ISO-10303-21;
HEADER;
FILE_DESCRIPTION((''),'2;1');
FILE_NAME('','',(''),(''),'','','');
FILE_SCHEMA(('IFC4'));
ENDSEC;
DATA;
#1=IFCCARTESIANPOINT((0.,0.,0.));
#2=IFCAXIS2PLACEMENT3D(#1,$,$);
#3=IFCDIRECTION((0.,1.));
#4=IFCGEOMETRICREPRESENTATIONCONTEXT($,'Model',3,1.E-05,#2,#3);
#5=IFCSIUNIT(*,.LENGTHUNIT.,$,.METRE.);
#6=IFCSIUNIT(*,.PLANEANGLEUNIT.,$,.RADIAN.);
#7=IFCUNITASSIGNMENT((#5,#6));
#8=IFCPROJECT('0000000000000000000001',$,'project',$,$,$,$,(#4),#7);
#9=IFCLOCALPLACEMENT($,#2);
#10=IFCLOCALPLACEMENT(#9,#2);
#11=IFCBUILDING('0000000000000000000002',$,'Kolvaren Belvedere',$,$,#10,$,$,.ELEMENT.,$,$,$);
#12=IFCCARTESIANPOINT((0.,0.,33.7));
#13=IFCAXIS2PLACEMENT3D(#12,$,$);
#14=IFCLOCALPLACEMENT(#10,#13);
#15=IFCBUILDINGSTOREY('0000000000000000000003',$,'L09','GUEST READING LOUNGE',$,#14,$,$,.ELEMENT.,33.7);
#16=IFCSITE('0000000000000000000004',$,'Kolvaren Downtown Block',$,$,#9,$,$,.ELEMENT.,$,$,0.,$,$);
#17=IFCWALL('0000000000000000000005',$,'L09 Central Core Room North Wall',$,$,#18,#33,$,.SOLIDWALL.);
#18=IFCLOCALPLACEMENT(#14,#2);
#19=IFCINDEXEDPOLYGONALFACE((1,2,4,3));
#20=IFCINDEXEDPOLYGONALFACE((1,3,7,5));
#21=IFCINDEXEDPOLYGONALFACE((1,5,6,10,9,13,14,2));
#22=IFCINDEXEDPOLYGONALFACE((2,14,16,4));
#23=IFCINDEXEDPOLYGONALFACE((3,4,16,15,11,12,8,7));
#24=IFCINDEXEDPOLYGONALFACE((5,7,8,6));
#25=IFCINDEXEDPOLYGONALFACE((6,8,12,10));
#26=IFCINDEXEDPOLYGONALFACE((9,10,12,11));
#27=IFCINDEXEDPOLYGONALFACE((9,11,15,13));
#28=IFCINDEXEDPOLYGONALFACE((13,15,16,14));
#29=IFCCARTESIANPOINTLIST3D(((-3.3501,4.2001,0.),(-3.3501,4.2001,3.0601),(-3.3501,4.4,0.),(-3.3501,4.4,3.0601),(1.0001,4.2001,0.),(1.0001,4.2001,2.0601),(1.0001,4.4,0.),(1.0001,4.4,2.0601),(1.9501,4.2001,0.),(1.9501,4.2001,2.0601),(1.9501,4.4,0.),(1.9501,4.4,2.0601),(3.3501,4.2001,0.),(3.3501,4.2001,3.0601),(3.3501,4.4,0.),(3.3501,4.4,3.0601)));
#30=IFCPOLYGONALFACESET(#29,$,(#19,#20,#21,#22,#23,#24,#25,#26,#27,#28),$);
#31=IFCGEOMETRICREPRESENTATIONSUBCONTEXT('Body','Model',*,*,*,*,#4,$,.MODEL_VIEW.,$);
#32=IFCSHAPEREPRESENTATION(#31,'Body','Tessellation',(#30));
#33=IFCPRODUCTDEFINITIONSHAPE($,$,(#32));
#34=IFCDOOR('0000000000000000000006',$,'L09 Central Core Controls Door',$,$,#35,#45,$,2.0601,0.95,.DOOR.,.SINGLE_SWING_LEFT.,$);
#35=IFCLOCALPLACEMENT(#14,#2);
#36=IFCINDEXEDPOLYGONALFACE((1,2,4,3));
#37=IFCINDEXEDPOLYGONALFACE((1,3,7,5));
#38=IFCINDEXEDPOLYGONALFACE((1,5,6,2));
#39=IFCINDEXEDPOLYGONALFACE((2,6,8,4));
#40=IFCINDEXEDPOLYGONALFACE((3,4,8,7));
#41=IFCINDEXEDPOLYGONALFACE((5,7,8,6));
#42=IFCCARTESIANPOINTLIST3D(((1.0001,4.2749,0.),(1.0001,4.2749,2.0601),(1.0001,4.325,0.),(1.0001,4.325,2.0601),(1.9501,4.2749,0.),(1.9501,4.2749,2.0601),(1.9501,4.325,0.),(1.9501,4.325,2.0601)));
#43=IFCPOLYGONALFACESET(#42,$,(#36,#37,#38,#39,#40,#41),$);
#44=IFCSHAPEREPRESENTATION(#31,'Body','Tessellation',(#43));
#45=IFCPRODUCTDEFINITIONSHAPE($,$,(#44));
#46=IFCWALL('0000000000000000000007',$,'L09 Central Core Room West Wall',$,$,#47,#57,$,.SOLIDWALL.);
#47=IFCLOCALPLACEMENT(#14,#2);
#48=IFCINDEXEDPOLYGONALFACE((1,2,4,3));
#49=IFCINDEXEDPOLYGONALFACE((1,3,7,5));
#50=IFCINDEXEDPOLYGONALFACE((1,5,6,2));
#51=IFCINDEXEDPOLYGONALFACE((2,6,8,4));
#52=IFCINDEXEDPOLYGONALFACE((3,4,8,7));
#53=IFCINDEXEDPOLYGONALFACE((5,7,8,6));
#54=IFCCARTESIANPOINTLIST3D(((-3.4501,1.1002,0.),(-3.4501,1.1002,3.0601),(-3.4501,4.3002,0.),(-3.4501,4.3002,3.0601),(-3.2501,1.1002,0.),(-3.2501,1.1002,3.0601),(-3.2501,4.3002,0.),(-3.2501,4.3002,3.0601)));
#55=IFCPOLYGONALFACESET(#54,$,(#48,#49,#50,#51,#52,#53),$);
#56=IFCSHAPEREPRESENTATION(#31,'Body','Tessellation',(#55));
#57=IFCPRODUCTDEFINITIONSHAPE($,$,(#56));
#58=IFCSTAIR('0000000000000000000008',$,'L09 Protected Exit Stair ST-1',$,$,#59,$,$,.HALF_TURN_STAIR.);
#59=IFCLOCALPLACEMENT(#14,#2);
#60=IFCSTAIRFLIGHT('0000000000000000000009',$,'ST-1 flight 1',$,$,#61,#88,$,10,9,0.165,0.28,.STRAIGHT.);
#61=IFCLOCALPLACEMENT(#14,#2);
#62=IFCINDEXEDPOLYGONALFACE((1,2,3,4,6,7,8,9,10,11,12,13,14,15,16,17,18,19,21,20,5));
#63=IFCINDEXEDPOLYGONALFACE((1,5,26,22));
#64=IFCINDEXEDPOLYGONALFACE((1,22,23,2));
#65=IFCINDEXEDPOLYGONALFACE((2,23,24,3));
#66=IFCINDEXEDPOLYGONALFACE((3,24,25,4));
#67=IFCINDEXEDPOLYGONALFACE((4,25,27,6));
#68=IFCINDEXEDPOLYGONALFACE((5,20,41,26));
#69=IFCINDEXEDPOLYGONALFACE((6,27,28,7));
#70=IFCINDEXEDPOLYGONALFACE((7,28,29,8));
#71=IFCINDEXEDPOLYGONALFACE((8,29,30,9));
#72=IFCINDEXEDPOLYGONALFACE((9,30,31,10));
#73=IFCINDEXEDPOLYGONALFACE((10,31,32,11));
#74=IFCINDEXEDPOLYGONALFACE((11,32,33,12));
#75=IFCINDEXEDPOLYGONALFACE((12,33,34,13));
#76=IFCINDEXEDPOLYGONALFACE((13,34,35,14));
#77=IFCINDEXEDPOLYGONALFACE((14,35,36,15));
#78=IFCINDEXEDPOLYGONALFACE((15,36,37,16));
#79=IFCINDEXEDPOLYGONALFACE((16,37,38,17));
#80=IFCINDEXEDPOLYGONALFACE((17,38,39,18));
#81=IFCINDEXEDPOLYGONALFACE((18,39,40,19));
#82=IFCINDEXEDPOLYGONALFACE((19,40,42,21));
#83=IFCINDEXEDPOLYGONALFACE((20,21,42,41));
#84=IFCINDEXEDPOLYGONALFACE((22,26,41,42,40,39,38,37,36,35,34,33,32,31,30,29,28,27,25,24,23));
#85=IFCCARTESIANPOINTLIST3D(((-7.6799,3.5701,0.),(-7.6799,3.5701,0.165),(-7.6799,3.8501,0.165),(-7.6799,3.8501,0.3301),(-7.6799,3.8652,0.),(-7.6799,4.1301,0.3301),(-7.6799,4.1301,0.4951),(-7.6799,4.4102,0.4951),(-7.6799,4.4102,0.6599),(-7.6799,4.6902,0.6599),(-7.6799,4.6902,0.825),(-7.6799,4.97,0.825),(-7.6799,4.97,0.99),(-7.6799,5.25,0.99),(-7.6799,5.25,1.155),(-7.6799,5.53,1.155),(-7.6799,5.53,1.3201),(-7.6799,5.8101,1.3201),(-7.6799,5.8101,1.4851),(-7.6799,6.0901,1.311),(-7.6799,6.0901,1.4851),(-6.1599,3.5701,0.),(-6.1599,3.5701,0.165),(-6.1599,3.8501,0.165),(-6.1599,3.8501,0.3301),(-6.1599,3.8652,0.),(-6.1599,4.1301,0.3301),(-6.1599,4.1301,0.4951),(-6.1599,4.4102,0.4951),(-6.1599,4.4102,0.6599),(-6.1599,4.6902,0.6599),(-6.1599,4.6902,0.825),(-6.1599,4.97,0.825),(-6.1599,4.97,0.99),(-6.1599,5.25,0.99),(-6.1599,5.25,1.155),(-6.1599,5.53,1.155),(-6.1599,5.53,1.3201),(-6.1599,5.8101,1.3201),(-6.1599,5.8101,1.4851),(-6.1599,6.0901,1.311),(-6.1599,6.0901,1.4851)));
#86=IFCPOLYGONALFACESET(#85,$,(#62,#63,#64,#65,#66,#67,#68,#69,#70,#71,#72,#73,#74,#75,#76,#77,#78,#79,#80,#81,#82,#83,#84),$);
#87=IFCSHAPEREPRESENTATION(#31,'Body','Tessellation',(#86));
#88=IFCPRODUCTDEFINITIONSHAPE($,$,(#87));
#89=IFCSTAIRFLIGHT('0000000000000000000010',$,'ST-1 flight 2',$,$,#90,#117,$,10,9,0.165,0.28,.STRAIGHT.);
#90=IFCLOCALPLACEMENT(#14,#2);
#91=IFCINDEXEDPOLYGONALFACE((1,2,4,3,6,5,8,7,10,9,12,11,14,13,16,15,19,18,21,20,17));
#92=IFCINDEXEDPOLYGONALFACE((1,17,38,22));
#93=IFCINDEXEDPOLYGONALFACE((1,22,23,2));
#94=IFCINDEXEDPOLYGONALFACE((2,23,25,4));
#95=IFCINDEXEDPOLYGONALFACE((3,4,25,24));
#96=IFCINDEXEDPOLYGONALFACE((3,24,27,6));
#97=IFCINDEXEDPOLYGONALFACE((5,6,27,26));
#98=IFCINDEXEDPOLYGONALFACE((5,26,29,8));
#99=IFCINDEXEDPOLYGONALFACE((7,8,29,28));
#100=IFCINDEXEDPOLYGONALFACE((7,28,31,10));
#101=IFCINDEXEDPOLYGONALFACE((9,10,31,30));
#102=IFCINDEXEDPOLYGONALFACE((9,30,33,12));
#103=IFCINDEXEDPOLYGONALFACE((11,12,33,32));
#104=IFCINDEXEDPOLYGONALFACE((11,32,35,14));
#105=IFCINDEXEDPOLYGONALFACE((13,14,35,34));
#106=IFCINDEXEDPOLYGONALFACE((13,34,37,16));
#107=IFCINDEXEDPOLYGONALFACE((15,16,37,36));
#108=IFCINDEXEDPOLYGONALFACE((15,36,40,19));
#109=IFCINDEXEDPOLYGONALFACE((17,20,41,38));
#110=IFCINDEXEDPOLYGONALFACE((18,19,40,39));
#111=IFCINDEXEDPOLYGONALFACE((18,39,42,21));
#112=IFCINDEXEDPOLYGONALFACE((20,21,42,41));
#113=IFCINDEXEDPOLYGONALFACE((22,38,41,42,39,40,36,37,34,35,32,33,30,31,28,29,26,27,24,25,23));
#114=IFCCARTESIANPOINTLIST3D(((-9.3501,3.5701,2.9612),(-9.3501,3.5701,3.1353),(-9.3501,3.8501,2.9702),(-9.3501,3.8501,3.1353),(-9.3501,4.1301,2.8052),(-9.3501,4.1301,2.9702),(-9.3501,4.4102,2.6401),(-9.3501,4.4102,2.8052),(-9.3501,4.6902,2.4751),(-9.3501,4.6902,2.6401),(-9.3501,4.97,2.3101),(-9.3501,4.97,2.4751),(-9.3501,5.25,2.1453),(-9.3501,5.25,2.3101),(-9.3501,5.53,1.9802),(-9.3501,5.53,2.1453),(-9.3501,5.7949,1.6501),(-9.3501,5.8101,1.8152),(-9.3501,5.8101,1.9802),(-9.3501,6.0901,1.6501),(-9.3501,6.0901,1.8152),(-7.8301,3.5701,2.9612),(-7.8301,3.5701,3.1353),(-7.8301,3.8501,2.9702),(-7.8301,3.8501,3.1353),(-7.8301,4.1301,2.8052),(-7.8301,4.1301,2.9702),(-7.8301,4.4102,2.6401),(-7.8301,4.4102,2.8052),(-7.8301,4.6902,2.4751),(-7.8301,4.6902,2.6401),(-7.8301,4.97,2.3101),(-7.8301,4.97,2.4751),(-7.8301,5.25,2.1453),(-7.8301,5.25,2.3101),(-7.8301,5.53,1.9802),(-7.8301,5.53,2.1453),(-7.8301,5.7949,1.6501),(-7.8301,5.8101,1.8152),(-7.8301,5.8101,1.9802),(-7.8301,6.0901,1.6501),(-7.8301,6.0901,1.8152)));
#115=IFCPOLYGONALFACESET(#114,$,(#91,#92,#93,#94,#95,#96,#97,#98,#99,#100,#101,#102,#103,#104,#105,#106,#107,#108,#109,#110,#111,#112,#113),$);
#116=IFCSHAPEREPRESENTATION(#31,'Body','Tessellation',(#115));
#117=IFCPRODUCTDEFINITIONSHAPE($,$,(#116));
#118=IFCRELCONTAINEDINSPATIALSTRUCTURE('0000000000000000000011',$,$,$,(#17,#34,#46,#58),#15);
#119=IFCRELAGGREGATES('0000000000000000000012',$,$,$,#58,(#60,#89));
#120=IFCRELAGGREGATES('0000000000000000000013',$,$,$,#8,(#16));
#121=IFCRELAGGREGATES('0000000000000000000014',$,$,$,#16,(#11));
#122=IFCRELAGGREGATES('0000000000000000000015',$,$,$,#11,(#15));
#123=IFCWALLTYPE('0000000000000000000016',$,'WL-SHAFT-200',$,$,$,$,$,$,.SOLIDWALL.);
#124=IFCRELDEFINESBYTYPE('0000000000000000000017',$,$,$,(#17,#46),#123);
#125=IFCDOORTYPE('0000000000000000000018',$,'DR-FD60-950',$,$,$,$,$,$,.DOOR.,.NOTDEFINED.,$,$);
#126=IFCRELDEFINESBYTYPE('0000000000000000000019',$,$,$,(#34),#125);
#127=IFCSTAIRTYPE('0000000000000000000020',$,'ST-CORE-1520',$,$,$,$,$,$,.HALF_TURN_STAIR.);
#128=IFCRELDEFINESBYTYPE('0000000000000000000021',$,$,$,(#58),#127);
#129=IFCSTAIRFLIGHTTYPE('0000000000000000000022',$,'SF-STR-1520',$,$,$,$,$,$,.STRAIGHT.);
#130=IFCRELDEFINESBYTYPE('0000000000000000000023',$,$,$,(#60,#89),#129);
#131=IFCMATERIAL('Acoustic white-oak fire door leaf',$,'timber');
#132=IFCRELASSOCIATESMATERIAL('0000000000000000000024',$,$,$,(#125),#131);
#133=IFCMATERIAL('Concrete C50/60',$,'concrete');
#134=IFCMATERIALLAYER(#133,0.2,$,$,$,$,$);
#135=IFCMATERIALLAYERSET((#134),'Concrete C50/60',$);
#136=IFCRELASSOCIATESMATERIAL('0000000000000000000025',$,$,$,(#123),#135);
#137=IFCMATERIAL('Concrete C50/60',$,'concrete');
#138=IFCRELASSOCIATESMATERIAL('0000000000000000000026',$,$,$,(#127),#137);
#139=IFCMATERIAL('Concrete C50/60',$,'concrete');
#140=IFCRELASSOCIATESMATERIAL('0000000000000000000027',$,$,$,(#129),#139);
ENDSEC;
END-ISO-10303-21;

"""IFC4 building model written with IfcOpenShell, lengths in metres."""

from ifc_helpers import new_model, si_unit, direction, frame, frame_2d, origin, place, context, subcontext, project, spatial, polyline, rectangle, outline, extrude, material, layer, layer_set, type_object, element, fill, aggregate, save


model = new_model("IFC4")

# Units and contexts
model_context = context("Model", 3, precision=1e-05, world=origin(), true_north=direction((0.0, 1.0)))
body_context = subcontext(model_context, "Body", "Model", "MODEL_VIEW")
ifc_project = project(units=[si_unit("LENGTHUNIT", "METRE"), si_unit("PLANEANGLEUNIT", "RADIAN")], contexts=[model_context])

# Site, building, storey
site_placement = place(None, origin())
site = spatial("IfcSite", under=ifc_project, at=site_placement, Name="Kolvaren Downtown Block", CompositionType="ELEMENT", RefElevation=0.0)
building_placement = place(site_placement, origin())
building = spatial("IfcBuilding", under=site, at=building_placement, Name="Kolvaren Belvedere", CompositionType="ELEMENT")
storey_placement = place(building_placement, frame((0.0, 0.0, 33.7)))
storey = spatial("IfcBuildingStorey", under=building, at=storey_placement, Name="L09", Description="GUEST READING LOUNGE", CompositionType="ELEMENT", Elevation=33.7)

# Shared definitions
ifc_material_1 = material(Name="Acoustic white-oak fire door leaf", Category="timber")
door_type_1 = type_object("IfcDoorType", Name="DR-FD60-950", OperationType="NOTDEFINED", PredefinedType="DOOR", material=ifc_material_1)

# Shared definitions
ifc_material_2 = material(Name="Concrete C50/60", Category="concrete")
ifc_layer_1 = layer(ifc_material_2, 0.2)
ifc_layer_set_1 = layer_set([ifc_layer_1], Name="Concrete C50/60")
wall_type_1 = type_object("IfcWallType", Name="WL-SHAFT-200", PredefinedType="SOLIDWALL", material=ifc_layer_set_1)

# Wall, opening, door
wall_1_placement = place(storey_placement, frame((-3.3501, 4.3, 0.0), z_axis=(0.0, 0.0, 1.0), x_axis=(1.0, 0.0, 0.0)))
wall_1 = element("IfcWall", 1, at=wall_1_placement, inside=storey, type_object=wall_type_1, Name="L09 Central Core Room North Wall", PredefinedType="SOLIDWALL", context=body_context, shape_type="SweptSolid", body=[
    extrude(rectangle(XDim=6.7002, YDim=0.2, at=frame_2d((3.3501, 0.0))), origin(), (0.0, 0.0, 1.0), 3.0601),
])
opening_1_placement = place(wall_1_placement, frame((4.3501, 0.0, 0.0)))
opening_1 = element("IfcOpeningElement", 2, at=opening_1_placement, cuts=wall_1, PredefinedType="OPENING", context=body_context, shape_type="SweptSolid", body=[
    extrude(rectangle(XDim=0.95, YDim=2.0601, at=frame_2d((0.4751, 1.03))), frame((0.0, 0.1099, 0.0), z_axis=(0.0, -1.0, 0.0), x_axis=(1.0, 0.0, 0.0)), (0.0, 0.0, 1.0), 0.22),
])
door_1_placement = place(opening_1_placement, origin())
door_1 = element("IfcDoor", 3, at=door_1_placement, inside=storey, type_object=door_type_1, Name="L09 Central Core Controls Door", OperationType="SINGLE_SWING_LEFT", OverallHeight=2.0601, OverallWidth=0.95, PredefinedType="DOOR", context=body_context, shape_type="SweptSolid", body=[
    extrude(rectangle(XDim=0.95, YDim=2.0601, at=frame_2d((0.4751, 1.03))), frame((0.0, 0.0249, 0.0), z_axis=(0.0, -1.0, 0.0), x_axis=(1.0, 0.0, 0.0)), (0.0, 0.0, 1.0), 0.05),
])
fill(opening_1, door_1)

# Wall
wall_2_placement = place(storey_placement, frame((-3.3501, 1.1001, 0.0), z_axis=(0.0, 0.0, 1.0), x_axis=(0.0, 1.0, 0.0)))
element("IfcWall", 4, at=wall_2_placement, inside=storey, type_object=wall_type_1, Name="L09 Central Core Room West Wall", PredefinedType="SOLIDWALL", context=body_context, shape_type="SweptSolid", body=[
    extrude(rectangle(XDim=3.2, YDim=0.2, at=frame_2d((1.6001, 0.0))), origin(), (0.0, 0.0, 1.0), 3.0601),
])

# Stair, stair flights
ifc_material_3 = material(Name="Concrete C50/60", Category="concrete")
stair_type = type_object("IfcStairType", Name="ST-CORE-1520", PredefinedType="HALF_TURN_STAIR", material=ifc_material_3)
stair_placement = place(storey_placement, origin())
stair = element("IfcStair", 5, at=stair_placement, inside=storey, type_object=stair_type, Name="L09 Protected Exit Stair ST-1", PredefinedType="HALF_TURN_STAIR")
ifc_material_4 = material(Name="Concrete C50/60", Category="concrete")
stair_flight_type = type_object("IfcStairFlightType", Name="SF-STR-1520", PredefinedType="STRAIGHT", material=ifc_material_4)
stair_flight_1_placement = place(storey_placement, frame((-6.9199, 3.5701, 0.0), z_axis=(0.0, 0.0, 1.0), x_axis=(0.0, 1.0, 0.0)))
stair_flight_1 = element("IfcStairFlight", 6, at=stair_flight_1_placement, type_object=stair_flight_type, Name="ST-1 flight 1", NumberOfRisers=10, NumberOfTreads=9, PredefinedType="STRAIGHT", RiserHeight=0.165, TreadLength=0.28, context=body_context, shape_type="SweptSolid", body=[
    extrude(outline(polyline([(0.0, 0.0), (0.0, 0.165), (0.28, 0.165), (0.28, 0.3301), (0.5601, 0.3301), (0.5601, 0.4951), (0.8401, 0.4951), (0.8401, 0.6599), (1.1201, 0.6599), (1.1201, 0.825), (1.3999, 0.825), (1.3999, 0.99), (1.6799, 0.99), (1.6799, 1.155), (1.96, 1.155), (1.96, 1.3201), (2.24, 1.3201), (2.24, 1.4851), (2.52, 1.4851), (2.52, 1.6499), (2.52, 1.311), (0.2952, 0.0), (0.0, 0.0)])), frame((0.0, 0.76, 0.0), z_axis=(0.0, -1.0, 0.0), x_axis=(1.0, 0.0, 0.0)), (0.0, 0.0, 1.0), 1.52),
])
stair_flight_2_placement = place(storey_placement, frame((-8.5901, 6.0901, 1.6501), z_axis=(0.0, 0.0, 1.0), x_axis=(0.0, -1.0, 0.0)))
stair_flight_2 = element("IfcStairFlight", 7, at=stair_flight_2_placement, type_object=stair_flight_type, Name="ST-1 flight 2", NumberOfRisers=10, NumberOfTreads=9, PredefinedType="STRAIGHT", RiserHeight=0.165, TreadLength=0.28, context=body_context, shape_type="SweptSolid", body=[
    extrude(outline(polyline([(0.0, 0.0), (0.0, 0.165), (0.28, 0.165), (0.28, 0.3301), (0.5601, 0.3301), (0.5601, 0.4951), (0.8401, 0.4951), (0.8401, 0.6599), (1.1201, 0.6599), (1.1201, 0.825), (1.3999, 0.825), (1.3999, 0.99), (1.6799, 0.99), (1.6799, 1.155), (1.96, 1.155), (1.96, 1.3201), (2.24, 1.3201), (2.24, 1.4851), (2.52, 1.4851), (2.52, 1.6499), (2.52, 1.311), (0.2952, 0.0), (0.0, 0.0)])), frame((0.0, 0.76, 0.0), z_axis=(0.0, -1.0, 0.0), x_axis=(1.0, 0.0, 0.0)), (0.0, 0.0, 1.0), 1.52),
])
aggregate(stair, [stair_flight_1, stair_flight_2])

save(model, "model.ifc")
